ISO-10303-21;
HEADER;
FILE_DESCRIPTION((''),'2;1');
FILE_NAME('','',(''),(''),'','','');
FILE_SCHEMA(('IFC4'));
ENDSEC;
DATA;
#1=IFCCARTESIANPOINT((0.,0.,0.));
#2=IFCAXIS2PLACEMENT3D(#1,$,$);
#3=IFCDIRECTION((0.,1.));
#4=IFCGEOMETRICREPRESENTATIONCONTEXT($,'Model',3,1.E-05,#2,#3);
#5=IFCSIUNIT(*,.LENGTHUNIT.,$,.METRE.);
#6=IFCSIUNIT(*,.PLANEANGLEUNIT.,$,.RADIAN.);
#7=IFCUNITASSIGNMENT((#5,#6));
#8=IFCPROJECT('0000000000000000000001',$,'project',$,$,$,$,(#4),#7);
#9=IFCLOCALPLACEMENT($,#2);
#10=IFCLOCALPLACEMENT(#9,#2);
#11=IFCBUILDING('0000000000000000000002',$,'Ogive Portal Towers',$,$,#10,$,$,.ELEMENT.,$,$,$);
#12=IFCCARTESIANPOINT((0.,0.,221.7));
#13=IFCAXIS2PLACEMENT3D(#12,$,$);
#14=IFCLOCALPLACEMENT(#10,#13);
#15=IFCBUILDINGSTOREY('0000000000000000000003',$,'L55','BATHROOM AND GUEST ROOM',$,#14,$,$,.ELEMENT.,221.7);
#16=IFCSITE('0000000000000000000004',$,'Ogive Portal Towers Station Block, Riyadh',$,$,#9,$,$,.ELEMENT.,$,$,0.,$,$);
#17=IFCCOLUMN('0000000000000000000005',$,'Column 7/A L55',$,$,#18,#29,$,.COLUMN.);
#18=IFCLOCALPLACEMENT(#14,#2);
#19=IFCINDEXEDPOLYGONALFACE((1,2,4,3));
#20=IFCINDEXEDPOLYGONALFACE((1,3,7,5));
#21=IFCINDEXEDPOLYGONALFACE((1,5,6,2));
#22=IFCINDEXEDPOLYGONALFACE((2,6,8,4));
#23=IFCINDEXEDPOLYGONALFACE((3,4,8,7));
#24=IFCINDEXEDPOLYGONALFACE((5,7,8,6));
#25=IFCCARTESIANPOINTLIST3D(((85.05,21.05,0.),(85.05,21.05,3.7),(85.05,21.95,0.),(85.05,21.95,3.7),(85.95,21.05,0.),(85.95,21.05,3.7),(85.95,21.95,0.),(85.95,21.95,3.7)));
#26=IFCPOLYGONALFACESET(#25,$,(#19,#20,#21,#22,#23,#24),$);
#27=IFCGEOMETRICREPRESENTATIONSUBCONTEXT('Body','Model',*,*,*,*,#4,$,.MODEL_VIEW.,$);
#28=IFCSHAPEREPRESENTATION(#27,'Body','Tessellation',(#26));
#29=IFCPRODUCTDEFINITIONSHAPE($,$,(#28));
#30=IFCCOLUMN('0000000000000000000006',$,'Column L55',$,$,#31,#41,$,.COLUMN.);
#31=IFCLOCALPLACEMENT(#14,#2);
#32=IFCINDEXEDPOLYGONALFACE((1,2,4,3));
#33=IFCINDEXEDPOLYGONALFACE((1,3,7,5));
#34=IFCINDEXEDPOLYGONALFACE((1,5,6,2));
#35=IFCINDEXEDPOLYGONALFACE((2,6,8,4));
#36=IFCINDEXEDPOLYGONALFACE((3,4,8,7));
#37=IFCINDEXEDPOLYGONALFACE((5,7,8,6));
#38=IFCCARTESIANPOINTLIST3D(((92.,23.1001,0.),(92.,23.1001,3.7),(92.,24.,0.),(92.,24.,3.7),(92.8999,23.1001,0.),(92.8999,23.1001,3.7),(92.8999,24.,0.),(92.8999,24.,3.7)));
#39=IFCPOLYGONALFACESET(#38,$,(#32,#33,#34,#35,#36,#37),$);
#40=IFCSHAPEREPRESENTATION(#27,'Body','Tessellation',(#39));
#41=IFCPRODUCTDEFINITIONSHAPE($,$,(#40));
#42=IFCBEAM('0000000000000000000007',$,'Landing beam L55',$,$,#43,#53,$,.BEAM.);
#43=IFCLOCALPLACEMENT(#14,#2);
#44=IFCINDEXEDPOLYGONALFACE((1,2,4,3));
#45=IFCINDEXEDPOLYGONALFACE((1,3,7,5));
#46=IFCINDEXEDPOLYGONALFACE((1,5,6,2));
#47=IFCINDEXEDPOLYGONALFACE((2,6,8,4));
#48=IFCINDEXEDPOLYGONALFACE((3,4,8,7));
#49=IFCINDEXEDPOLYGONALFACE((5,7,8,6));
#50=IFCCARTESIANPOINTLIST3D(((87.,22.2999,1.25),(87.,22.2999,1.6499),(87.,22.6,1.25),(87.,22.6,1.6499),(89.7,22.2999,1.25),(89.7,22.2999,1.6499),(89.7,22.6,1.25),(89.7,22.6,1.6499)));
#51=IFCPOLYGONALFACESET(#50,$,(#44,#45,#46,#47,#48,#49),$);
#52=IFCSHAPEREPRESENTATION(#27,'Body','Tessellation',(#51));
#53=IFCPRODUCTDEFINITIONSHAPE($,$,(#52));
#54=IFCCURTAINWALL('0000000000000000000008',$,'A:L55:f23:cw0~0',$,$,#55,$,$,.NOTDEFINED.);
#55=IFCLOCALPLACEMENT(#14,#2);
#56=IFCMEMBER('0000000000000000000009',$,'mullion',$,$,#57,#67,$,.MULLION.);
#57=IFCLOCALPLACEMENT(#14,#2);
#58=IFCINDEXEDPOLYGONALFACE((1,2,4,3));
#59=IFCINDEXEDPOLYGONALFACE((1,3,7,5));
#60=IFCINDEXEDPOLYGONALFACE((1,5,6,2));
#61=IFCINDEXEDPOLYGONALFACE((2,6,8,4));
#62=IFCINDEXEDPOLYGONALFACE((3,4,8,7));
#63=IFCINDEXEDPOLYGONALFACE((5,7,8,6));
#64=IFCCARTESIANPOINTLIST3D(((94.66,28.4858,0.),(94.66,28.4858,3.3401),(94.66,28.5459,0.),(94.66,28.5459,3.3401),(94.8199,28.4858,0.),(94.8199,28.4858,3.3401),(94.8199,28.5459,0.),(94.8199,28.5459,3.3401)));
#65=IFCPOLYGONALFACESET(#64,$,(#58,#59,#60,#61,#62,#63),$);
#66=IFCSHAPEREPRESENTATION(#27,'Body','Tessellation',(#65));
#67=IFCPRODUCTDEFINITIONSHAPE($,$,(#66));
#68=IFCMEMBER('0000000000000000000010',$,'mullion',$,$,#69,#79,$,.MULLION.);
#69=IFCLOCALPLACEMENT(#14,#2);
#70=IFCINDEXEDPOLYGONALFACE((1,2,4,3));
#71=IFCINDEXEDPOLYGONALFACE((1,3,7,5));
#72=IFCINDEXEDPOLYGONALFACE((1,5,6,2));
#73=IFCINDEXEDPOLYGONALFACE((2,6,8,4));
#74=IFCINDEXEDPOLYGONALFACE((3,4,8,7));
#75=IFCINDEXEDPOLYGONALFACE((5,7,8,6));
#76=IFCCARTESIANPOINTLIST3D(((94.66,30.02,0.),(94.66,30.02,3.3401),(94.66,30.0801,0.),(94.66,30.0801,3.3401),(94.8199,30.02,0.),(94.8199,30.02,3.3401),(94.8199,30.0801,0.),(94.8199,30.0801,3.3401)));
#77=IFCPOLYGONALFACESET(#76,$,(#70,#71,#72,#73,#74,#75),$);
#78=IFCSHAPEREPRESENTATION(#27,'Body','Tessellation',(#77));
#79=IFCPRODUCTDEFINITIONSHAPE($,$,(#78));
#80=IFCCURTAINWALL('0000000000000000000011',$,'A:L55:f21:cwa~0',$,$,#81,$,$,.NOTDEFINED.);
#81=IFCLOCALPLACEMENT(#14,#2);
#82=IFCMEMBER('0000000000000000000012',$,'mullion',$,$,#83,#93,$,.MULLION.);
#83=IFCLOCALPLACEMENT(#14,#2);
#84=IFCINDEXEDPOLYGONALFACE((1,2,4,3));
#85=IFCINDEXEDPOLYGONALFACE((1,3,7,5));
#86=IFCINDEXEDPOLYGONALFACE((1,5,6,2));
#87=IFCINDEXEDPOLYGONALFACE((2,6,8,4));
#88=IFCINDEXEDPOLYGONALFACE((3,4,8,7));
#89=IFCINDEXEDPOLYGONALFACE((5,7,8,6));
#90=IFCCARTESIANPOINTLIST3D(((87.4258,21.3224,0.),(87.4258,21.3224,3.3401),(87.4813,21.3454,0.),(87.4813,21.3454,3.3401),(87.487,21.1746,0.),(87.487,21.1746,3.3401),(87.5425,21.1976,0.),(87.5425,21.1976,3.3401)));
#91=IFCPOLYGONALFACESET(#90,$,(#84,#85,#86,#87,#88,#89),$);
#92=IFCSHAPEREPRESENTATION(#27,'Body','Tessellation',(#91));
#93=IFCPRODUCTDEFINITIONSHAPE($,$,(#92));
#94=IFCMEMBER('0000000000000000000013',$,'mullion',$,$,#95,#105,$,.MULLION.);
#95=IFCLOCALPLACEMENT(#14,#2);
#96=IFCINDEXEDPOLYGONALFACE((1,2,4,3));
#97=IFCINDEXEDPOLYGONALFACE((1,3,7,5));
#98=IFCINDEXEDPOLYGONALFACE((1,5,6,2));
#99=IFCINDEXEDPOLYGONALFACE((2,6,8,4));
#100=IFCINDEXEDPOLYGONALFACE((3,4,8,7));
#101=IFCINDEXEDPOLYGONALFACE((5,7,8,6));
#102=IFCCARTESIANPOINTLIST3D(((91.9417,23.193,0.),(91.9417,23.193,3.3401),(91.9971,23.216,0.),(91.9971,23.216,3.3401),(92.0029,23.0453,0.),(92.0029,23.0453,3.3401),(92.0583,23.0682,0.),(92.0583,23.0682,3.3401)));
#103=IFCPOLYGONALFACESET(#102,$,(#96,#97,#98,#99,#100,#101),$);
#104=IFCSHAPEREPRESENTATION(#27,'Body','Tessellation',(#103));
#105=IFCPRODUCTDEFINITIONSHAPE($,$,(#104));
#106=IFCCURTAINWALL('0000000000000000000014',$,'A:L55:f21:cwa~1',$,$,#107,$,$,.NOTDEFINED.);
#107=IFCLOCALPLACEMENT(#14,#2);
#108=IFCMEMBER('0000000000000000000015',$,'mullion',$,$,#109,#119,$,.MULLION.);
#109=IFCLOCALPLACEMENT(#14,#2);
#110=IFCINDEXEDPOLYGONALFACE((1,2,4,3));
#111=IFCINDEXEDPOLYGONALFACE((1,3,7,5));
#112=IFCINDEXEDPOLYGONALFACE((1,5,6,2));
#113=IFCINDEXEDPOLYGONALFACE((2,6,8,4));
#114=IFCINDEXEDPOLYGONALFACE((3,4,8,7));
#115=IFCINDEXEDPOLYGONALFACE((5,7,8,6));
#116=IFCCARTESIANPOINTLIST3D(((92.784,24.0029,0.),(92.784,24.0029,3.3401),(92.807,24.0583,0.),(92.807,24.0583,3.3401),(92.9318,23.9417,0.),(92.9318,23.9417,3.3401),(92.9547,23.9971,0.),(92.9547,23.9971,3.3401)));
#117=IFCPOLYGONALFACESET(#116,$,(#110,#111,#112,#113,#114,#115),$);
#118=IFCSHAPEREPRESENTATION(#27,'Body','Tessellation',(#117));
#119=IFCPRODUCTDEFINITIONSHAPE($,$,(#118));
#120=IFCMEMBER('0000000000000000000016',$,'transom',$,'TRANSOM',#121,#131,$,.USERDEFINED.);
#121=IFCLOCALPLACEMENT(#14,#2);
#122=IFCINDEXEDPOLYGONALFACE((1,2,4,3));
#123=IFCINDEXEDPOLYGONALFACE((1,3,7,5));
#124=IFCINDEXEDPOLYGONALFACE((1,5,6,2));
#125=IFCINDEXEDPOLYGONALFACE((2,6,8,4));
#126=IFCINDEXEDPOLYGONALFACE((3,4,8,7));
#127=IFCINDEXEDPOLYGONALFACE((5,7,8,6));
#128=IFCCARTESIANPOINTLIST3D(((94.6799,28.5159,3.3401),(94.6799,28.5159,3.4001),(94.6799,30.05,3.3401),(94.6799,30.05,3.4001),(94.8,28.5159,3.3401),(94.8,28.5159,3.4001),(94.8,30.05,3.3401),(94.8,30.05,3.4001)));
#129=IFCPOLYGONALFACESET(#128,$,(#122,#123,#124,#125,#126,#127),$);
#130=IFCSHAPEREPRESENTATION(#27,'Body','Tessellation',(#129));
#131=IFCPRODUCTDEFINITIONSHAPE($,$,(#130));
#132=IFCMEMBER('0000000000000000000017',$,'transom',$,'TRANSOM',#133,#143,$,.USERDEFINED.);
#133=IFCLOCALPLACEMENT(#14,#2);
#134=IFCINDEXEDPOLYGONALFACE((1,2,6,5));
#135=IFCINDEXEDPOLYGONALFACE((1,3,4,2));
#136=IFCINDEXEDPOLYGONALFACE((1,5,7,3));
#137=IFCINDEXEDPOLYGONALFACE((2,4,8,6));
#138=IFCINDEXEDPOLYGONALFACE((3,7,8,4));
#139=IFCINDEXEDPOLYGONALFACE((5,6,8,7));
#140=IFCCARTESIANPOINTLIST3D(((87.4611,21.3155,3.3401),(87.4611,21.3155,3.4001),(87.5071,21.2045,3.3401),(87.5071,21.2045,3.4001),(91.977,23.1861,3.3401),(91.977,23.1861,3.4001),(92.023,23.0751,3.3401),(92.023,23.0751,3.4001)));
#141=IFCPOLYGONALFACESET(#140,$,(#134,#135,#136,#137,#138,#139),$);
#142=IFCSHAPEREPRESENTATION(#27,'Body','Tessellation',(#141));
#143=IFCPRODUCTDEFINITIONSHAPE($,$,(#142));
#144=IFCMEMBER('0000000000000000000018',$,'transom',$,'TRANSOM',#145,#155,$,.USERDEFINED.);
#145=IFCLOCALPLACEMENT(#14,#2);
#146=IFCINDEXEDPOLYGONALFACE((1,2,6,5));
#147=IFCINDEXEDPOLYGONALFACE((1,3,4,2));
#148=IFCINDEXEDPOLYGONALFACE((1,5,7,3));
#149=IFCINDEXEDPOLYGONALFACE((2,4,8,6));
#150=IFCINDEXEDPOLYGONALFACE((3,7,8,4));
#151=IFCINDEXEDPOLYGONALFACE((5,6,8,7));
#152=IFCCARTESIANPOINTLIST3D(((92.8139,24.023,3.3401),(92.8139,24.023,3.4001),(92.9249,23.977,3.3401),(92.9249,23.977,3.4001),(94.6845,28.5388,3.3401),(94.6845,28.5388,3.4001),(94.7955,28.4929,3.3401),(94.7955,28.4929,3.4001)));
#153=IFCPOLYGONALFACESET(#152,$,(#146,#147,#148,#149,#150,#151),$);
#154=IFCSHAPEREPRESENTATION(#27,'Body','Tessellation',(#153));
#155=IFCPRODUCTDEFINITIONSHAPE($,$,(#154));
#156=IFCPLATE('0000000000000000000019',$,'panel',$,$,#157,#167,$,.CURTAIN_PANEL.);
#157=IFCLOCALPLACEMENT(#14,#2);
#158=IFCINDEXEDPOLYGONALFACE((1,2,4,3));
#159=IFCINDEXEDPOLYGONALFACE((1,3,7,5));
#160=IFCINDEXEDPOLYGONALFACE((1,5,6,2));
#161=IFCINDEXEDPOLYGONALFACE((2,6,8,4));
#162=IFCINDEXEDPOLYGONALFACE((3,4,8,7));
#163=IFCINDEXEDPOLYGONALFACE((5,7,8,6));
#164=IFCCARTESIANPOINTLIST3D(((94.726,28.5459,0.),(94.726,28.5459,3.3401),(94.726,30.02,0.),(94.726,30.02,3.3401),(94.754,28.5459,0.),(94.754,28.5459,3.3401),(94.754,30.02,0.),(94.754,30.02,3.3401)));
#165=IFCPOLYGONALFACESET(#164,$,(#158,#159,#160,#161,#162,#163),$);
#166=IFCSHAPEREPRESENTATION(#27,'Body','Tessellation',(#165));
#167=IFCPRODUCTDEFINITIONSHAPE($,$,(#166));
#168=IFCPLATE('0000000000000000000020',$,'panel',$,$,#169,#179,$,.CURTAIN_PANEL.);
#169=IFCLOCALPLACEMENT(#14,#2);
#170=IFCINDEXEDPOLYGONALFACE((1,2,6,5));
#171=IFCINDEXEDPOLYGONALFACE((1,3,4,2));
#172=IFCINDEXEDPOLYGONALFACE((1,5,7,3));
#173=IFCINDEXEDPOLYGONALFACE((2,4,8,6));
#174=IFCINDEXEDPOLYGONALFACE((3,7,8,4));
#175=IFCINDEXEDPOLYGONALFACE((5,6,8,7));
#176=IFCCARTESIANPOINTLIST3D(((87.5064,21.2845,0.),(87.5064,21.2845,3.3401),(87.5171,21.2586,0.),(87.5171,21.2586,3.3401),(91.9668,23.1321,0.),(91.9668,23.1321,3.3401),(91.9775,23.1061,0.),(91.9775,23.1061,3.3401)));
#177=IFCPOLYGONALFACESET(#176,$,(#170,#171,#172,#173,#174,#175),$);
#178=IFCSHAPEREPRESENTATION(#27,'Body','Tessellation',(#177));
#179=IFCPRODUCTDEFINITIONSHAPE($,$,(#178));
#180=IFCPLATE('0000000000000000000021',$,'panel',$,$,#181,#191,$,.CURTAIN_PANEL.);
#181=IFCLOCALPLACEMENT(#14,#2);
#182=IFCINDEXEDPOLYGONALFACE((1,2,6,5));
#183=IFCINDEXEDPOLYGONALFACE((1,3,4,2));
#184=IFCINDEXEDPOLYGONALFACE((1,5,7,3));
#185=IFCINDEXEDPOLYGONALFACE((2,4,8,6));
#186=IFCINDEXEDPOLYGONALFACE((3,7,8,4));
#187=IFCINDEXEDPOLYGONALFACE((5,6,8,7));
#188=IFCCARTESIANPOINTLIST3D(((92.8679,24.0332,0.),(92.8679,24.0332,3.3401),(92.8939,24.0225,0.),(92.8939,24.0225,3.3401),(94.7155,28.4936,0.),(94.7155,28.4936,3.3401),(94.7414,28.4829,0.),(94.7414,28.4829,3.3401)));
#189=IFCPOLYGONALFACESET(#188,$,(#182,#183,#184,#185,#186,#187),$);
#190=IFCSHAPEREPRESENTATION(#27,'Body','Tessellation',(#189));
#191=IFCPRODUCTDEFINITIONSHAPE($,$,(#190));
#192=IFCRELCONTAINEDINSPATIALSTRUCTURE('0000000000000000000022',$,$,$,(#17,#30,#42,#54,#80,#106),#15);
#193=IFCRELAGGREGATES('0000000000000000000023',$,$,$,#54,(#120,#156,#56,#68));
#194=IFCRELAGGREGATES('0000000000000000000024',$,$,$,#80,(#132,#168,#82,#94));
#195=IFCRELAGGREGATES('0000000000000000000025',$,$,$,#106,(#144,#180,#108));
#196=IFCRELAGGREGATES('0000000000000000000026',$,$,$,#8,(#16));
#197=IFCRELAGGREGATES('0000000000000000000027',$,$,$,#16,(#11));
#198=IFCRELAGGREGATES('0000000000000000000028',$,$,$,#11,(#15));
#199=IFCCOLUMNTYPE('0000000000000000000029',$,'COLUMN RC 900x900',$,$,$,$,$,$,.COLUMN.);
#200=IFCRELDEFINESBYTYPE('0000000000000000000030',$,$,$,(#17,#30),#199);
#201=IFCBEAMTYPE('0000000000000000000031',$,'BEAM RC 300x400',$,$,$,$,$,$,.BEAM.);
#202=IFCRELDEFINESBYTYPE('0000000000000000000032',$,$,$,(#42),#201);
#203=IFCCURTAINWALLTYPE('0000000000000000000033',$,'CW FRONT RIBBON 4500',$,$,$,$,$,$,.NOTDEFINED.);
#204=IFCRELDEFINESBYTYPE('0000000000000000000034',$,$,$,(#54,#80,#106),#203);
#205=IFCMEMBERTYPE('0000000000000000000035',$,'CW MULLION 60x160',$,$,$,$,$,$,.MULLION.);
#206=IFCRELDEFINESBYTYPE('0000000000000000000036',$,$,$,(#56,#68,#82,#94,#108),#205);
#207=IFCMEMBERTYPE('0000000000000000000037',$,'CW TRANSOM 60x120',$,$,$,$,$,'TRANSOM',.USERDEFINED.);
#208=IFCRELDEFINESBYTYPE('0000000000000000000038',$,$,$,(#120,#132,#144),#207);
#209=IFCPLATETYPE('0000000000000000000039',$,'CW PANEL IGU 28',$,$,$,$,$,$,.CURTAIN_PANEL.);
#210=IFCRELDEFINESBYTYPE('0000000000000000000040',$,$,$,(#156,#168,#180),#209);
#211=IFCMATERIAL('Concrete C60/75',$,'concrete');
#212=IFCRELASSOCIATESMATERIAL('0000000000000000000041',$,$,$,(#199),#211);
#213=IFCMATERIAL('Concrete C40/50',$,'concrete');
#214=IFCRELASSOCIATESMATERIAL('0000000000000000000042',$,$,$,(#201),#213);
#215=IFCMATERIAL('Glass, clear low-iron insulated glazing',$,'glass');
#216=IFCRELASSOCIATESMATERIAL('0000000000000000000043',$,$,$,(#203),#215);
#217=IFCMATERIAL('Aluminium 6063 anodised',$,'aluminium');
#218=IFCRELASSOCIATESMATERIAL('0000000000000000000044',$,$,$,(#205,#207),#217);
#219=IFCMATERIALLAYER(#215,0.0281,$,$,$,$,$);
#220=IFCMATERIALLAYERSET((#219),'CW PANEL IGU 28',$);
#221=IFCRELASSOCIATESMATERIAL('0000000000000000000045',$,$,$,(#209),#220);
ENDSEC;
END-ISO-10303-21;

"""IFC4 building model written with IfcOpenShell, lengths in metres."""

from ifc_helpers import new_model, si_unit, direction, frame, origin, origin_2d, place, context, subcontext, project, spatial, rectangle, extrude, material, layer, layer_set, material_profile, profile_set, type_object, element, aggregate, save


model = new_model("IFC4")

# Units and contexts
model_context = context("Model", 3, precision=1e-05, world=origin(), true_north=direction((0.0, 1.0)))
body_context = subcontext(model_context, "Body", "Model", "MODEL_VIEW")
ifc_project = project(units=[si_unit("LENGTHUNIT", "METRE"), si_unit("PLANEANGLEUNIT", "RADIAN")], contexts=[model_context])

# Site, building, storey
site_placement = place(None, origin())
site = spatial("IfcSite", under=ifc_project, at=site_placement, Name="Ogive Portal Towers Station Block, Riyadh", CompositionType="ELEMENT", RefElevation=0.0)
building_placement = place(site_placement, origin())
building = spatial("IfcBuilding", under=site, at=building_placement, Name="Ogive Portal Towers", CompositionType="ELEMENT")
storey_placement = place(building_placement, frame((0.0, 0.0, 221.7)))
storey = spatial("IfcBuildingStorey", under=building, at=storey_placement, Name="L55", Description="BATHROOM AND GUEST ROOM", CompositionType="ELEMENT", Elevation=221.7)

# Columns
ifc_material_1 = material(Name="Concrete C60/75", Category="concrete")
ifc_material_profile_1 = material_profile(ifc_material_1, rectangle(XDim=0.8999, YDim=0.8999, at=origin_2d()), Name="RC 900x900")
ifc_profile_set_1 = profile_set([ifc_material_profile_1], Name="Concrete C60/75")
column_type = type_object("IfcColumnType", Name="COLUMN RC 900x900", PredefinedType="COLUMN", material=ifc_profile_set_1)
for number, where, z_axis, x_axis, name in (
    (1, (85.5, 21.5, 0.0), (0.0, 0.0, 1.0), (1.0, 0.0, 0.0), "Column 7/A L55"),
    (2, (92.45, 23.55, 0.0), (0.0, 0.0, 1.0), (1.0, 0.0, 0.0), "Column L55"),
):
    element("IfcColumn", number, at=place(storey_placement, frame(where, z_axis=z_axis, x_axis=x_axis)), inside=storey, type_object=column_type, Name=name, PredefinedType="COLUMN", context=body_context, shape_type="SweptSolid", body=[
        extrude(rectangle(XDim=0.8999, YDim=0.8999, at=origin_2d()), origin(), (0.0, 0.0, 1.0), 3.7),
    ])

# Beam
ifc_material_2 = material(Name="Concrete C40/50", Category="concrete")
ifc_material_profile_2 = material_profile(ifc_material_2, rectangle(XDim=0.3, YDim=0.3999, at=origin_2d()), Name="RC 300x400")
ifc_profile_set_2 = profile_set([ifc_material_profile_2], Name="Concrete C40/50")
beam_type = type_object("IfcBeamType", Name="BEAM RC 300x400", PredefinedType="BEAM", material=ifc_profile_set_2)
beam_placement = place(storey_placement, frame((87.0, 22.45, 1.45), z_axis=(1.0, 0.0, 0.0), x_axis=(0.0, 1.0, 0.0)))
element("IfcBeam", 3, at=beam_placement, inside=storey, type_object=beam_type, Name="Landing beam L55", PredefinedType="BEAM", context=body_context, shape_type="SweptSolid", body=[
    extrude(rectangle(XDim=0.3, YDim=0.3999, at=origin_2d()), origin(), (0.0, 0.0, 1.0), 2.7),
])

# Curtain walls, members
ifc_material_3 = material(Name="Glass, clear low-iron insulated glazing", Category="glass")
curtain_wall_type = type_object("IfcCurtainWallType", Name="CW FRONT RIBBON 4500", PredefinedType="NOTDEFINED", material=ifc_material_3)
curtain_wall_1_placement = place(storey_placement, origin())
curtain_wall_1 = element("IfcCurtainWall", 4, at=curtain_wall_1_placement, inside=storey, type_object=curtain_wall_type, Name="A:L55:f23:cw0~0", PredefinedType="NOTDEFINED")
ifc_material_4 = material(Name="Aluminium 6063 anodised", Category="aluminium")
ifc_material_profile_3 = material_profile(ifc_material_4, rectangle(XDim=0.1599, YDim=0.0601, at=origin_2d()), Name="AL 60x160")
ifc_profile_set_3 = profile_set([ifc_material_profile_3], Name="Aluminium 6063 anodised")
member_type_1 = type_object("IfcMemberType", Name="CW MULLION 60x160", PredefinedType="MULLION", material=ifc_profile_set_3)
member_1_placement = place(storey_placement, frame((94.74, 28.5159, 0.0), z_axis=(0.0, 0.0, 1.0), x_axis=(-1.0, 0.0, 0.0)))
member_1 = element("IfcMember", 5, at=member_1_placement, type_object=member_type_1, Name="mullion", PredefinedType="MULLION", context=body_context, shape_type="SweptSolid", body=[
    extrude(rectangle(XDim=0.1599, YDim=0.0601, at=origin_2d()), origin(), (0.0, 0.0, 1.0), 3.3401),
])
member_2_placement = place(storey_placement, frame((94.74, 30.05, 0.0), z_axis=(0.0, 0.0, 1.0), x_axis=(-1.0, 0.0, 0.0)))
member_2 = element("IfcMember", 6, at=member_2_placement, type_object=member_type_1, Name="mullion", PredefinedType="MULLION", context=body_context, shape_type="SweptSolid", body=[
    extrude(rectangle(XDim=0.1599, YDim=0.0601, at=origin_2d()), origin(), (0.0, 0.0, 1.0), 3.3401),
])
curtain_wall_2_placement = place(storey_placement, origin())
curtain_wall_2 = element("IfcCurtainWall", 7, at=curtain_wall_2_placement, inside=storey, type_object=curtain_wall_type, Name="A:L55:f21:cwa~0", PredefinedType="NOTDEFINED")
member_3_placement = place(storey_placement, frame((87.4841, 21.26, 0.0), z_axis=(0.0, 0.0, 1.0), x_axis=(-0.382683, 0.92388, 0.0)))
member_3 = element("IfcMember", 8, at=member_3_placement, type_object=member_type_1, Name="mullion", PredefinedType="MULLION", context=body_context, shape_type="SweptSolid", body=[
    extrude(rectangle(XDim=0.1599, YDim=0.0601, at=origin_2d()), origin(), (0.0, 0.0, 1.0), 3.3401),
])
member_4_placement = place(storey_placement, frame((92.0, 23.1306, 0.0), z_axis=(0.0, 0.0, 1.0), x_axis=(-0.382683, 0.92388, 0.0)))
member_4 = element("IfcMember", 9, at=member_4_placement, type_object=member_type_1, Name="mullion", PredefinedType="MULLION", context=body_context, shape_type="SweptSolid", body=[
    extrude(rectangle(XDim=0.1599, YDim=0.0601, at=origin_2d()), origin(), (0.0, 0.0, 1.0), 3.3401),
])

# Curtain wall, member
curtain_wall_3_placement = place(storey_placement, origin())
curtain_wall_3 = element("IfcCurtainWall", 10, at=curtain_wall_3_placement, inside=storey, type_object=curtain_wall_type, Name="A:L55:f21:cwa~1", PredefinedType="NOTDEFINED")
member_5_placement = place(storey_placement, frame((92.8694, 24.0, 0.0), z_axis=(0.0, 0.0, 1.0), x_axis=(-0.92388, 0.382683, 0.0)))
member_5 = element("IfcMember", 11, at=member_5_placement, type_object=member_type_1, Name="mullion", PredefinedType="MULLION", context=body_context, shape_type="SweptSolid", body=[
    extrude(rectangle(XDim=0.1599, YDim=0.0601, at=origin_2d()), origin(), (0.0, 0.0, 1.0), 3.3401),
])

# Members
ifc_material_profile_4 = material_profile(ifc_material_4, rectangle(XDim=0.1201, YDim=0.0601, at=origin_2d()), Name="AL 120x60")
ifc_profile_set_4 = profile_set([ifc_material_profile_4], Name="Aluminium 6063 anodised")
member_type_2 = type_object("IfcMemberType", Name="CW TRANSOM 60x120", ElementType="TRANSOM", PredefinedType="USERDEFINED", material=ifc_profile_set_4)
member_6_placement = place(storey_placement, frame((94.74, 28.5159, 3.3701), z_axis=(0.0, 1.0, 0.0), x_axis=(-1.0, 0.0, 0.0)))
member_6 = element("IfcMember", 12, at=member_6_placement, type_object=member_type_2, Name="transom", ObjectType="TRANSOM", PredefinedType="USERDEFINED", context=body_context, shape_type="SweptSolid", body=[
    extrude(rectangle(XDim=0.1201, YDim=0.0601, at=origin_2d()), origin(), (0.0, 0.0, 1.0), 1.5342),
])
member_7_placement = place(storey_placement, frame((87.4841, 21.26, 3.3701), z_axis=(0.923874, 0.382696, 0.0), x_axis=(-0.382696, 0.923874, 0.0)))
member_7 = element("IfcMember", 13, at=member_7_placement, type_object=member_type_2, Name="transom", ObjectType="TRANSOM", PredefinedType="USERDEFINED", context=body_context, shape_type="SweptSolid", body=[
    extrude(rectangle(XDim=0.1201, YDim=0.0601, at=origin_2d()), origin(), (0.0, 0.0, 1.0), 4.8879),
])
member_8_placement = place(storey_placement, frame((92.8694, 24.0, 3.3701), z_axis=(0.382696, 0.923874, 0.0), x_axis=(-0.923874, 0.382696, 0.0)))
member_8 = element("IfcMember", 14, at=member_8_placement, type_object=member_type_2, Name="transom", ObjectType="TRANSOM", PredefinedType="USERDEFINED", context=body_context, shape_type="SweptSolid", body=[
    extrude(rectangle(XDim=0.1201, YDim=0.0601, at=origin_2d()), origin(), (0.0, 0.0, 1.0), 4.8879),
])

# Plates
ifc_layer_1 = layer(ifc_material_3, 0.0281)
ifc_layer_set_1 = layer_set([ifc_layer_1], Name="CW PANEL IGU 28")
plate_type = type_object("IfcPlateType", Name="CW PANEL IGU 28", PredefinedType="CURTAIN_PANEL", material=ifc_layer_set_1)
plate_1_placement = place(storey_placement, frame((94.74, 29.283, 0.0), z_axis=(0.0, 0.0, 1.0), x_axis=(0.0, 1.0, 0.0)))
plate_1 = element("IfcPlate", 15, at=plate_1_placement, type_object=plate_type, Name="panel", PredefinedType="CURTAIN_PANEL", context=body_context, shape_type="SweptSolid", body=[
    extrude(rectangle(XDim=1.4741, YDim=0.0281, at=origin_2d()), origin(), (0.0, 0.0, 1.0), 3.3401),
])
aggregate(curtain_wall_1, [member_6, plate_1, member_1, member_2])
plate_2_placement = place(storey_placement, frame((89.7419, 22.1953, 0.0), z_axis=(0.0, 0.0, 1.0), x_axis=(0.92388, 0.382683, 0.0)))
plate_2 = element("IfcPlate", 16, at=plate_2_placement, type_object=plate_type, Name="panel", PredefinedType="CURTAIN_PANEL", context=body_context, shape_type="SweptSolid", body=[
    extrude(rectangle(XDim=4.8279, YDim=0.0281, at=origin_2d()), origin(), (0.0, 0.0, 1.0), 3.3401),
])
aggregate(curtain_wall_2, [member_7, plate_2, member_3, member_4])
plate_3_placement = place(storey_placement, frame((93.8047, 26.2581, 0.0), z_axis=(0.0, 0.0, 1.0), x_axis=(0.382683, 0.92388, 0.0)))
plate_3 = element("IfcPlate", 17, at=plate_3_placement, type_object=plate_type, Name="panel", PredefinedType="CURTAIN_PANEL", context=body_context, shape_type="SweptSolid", body=[
    extrude(rectangle(XDim=4.8279, YDim=0.0281, at=origin_2d()), origin(), (0.0, 0.0, 1.0), 3.3401),
])
aggregate(curtain_wall_3, [member_8, plate_3, member_5])

save(model, "model.ifc")
